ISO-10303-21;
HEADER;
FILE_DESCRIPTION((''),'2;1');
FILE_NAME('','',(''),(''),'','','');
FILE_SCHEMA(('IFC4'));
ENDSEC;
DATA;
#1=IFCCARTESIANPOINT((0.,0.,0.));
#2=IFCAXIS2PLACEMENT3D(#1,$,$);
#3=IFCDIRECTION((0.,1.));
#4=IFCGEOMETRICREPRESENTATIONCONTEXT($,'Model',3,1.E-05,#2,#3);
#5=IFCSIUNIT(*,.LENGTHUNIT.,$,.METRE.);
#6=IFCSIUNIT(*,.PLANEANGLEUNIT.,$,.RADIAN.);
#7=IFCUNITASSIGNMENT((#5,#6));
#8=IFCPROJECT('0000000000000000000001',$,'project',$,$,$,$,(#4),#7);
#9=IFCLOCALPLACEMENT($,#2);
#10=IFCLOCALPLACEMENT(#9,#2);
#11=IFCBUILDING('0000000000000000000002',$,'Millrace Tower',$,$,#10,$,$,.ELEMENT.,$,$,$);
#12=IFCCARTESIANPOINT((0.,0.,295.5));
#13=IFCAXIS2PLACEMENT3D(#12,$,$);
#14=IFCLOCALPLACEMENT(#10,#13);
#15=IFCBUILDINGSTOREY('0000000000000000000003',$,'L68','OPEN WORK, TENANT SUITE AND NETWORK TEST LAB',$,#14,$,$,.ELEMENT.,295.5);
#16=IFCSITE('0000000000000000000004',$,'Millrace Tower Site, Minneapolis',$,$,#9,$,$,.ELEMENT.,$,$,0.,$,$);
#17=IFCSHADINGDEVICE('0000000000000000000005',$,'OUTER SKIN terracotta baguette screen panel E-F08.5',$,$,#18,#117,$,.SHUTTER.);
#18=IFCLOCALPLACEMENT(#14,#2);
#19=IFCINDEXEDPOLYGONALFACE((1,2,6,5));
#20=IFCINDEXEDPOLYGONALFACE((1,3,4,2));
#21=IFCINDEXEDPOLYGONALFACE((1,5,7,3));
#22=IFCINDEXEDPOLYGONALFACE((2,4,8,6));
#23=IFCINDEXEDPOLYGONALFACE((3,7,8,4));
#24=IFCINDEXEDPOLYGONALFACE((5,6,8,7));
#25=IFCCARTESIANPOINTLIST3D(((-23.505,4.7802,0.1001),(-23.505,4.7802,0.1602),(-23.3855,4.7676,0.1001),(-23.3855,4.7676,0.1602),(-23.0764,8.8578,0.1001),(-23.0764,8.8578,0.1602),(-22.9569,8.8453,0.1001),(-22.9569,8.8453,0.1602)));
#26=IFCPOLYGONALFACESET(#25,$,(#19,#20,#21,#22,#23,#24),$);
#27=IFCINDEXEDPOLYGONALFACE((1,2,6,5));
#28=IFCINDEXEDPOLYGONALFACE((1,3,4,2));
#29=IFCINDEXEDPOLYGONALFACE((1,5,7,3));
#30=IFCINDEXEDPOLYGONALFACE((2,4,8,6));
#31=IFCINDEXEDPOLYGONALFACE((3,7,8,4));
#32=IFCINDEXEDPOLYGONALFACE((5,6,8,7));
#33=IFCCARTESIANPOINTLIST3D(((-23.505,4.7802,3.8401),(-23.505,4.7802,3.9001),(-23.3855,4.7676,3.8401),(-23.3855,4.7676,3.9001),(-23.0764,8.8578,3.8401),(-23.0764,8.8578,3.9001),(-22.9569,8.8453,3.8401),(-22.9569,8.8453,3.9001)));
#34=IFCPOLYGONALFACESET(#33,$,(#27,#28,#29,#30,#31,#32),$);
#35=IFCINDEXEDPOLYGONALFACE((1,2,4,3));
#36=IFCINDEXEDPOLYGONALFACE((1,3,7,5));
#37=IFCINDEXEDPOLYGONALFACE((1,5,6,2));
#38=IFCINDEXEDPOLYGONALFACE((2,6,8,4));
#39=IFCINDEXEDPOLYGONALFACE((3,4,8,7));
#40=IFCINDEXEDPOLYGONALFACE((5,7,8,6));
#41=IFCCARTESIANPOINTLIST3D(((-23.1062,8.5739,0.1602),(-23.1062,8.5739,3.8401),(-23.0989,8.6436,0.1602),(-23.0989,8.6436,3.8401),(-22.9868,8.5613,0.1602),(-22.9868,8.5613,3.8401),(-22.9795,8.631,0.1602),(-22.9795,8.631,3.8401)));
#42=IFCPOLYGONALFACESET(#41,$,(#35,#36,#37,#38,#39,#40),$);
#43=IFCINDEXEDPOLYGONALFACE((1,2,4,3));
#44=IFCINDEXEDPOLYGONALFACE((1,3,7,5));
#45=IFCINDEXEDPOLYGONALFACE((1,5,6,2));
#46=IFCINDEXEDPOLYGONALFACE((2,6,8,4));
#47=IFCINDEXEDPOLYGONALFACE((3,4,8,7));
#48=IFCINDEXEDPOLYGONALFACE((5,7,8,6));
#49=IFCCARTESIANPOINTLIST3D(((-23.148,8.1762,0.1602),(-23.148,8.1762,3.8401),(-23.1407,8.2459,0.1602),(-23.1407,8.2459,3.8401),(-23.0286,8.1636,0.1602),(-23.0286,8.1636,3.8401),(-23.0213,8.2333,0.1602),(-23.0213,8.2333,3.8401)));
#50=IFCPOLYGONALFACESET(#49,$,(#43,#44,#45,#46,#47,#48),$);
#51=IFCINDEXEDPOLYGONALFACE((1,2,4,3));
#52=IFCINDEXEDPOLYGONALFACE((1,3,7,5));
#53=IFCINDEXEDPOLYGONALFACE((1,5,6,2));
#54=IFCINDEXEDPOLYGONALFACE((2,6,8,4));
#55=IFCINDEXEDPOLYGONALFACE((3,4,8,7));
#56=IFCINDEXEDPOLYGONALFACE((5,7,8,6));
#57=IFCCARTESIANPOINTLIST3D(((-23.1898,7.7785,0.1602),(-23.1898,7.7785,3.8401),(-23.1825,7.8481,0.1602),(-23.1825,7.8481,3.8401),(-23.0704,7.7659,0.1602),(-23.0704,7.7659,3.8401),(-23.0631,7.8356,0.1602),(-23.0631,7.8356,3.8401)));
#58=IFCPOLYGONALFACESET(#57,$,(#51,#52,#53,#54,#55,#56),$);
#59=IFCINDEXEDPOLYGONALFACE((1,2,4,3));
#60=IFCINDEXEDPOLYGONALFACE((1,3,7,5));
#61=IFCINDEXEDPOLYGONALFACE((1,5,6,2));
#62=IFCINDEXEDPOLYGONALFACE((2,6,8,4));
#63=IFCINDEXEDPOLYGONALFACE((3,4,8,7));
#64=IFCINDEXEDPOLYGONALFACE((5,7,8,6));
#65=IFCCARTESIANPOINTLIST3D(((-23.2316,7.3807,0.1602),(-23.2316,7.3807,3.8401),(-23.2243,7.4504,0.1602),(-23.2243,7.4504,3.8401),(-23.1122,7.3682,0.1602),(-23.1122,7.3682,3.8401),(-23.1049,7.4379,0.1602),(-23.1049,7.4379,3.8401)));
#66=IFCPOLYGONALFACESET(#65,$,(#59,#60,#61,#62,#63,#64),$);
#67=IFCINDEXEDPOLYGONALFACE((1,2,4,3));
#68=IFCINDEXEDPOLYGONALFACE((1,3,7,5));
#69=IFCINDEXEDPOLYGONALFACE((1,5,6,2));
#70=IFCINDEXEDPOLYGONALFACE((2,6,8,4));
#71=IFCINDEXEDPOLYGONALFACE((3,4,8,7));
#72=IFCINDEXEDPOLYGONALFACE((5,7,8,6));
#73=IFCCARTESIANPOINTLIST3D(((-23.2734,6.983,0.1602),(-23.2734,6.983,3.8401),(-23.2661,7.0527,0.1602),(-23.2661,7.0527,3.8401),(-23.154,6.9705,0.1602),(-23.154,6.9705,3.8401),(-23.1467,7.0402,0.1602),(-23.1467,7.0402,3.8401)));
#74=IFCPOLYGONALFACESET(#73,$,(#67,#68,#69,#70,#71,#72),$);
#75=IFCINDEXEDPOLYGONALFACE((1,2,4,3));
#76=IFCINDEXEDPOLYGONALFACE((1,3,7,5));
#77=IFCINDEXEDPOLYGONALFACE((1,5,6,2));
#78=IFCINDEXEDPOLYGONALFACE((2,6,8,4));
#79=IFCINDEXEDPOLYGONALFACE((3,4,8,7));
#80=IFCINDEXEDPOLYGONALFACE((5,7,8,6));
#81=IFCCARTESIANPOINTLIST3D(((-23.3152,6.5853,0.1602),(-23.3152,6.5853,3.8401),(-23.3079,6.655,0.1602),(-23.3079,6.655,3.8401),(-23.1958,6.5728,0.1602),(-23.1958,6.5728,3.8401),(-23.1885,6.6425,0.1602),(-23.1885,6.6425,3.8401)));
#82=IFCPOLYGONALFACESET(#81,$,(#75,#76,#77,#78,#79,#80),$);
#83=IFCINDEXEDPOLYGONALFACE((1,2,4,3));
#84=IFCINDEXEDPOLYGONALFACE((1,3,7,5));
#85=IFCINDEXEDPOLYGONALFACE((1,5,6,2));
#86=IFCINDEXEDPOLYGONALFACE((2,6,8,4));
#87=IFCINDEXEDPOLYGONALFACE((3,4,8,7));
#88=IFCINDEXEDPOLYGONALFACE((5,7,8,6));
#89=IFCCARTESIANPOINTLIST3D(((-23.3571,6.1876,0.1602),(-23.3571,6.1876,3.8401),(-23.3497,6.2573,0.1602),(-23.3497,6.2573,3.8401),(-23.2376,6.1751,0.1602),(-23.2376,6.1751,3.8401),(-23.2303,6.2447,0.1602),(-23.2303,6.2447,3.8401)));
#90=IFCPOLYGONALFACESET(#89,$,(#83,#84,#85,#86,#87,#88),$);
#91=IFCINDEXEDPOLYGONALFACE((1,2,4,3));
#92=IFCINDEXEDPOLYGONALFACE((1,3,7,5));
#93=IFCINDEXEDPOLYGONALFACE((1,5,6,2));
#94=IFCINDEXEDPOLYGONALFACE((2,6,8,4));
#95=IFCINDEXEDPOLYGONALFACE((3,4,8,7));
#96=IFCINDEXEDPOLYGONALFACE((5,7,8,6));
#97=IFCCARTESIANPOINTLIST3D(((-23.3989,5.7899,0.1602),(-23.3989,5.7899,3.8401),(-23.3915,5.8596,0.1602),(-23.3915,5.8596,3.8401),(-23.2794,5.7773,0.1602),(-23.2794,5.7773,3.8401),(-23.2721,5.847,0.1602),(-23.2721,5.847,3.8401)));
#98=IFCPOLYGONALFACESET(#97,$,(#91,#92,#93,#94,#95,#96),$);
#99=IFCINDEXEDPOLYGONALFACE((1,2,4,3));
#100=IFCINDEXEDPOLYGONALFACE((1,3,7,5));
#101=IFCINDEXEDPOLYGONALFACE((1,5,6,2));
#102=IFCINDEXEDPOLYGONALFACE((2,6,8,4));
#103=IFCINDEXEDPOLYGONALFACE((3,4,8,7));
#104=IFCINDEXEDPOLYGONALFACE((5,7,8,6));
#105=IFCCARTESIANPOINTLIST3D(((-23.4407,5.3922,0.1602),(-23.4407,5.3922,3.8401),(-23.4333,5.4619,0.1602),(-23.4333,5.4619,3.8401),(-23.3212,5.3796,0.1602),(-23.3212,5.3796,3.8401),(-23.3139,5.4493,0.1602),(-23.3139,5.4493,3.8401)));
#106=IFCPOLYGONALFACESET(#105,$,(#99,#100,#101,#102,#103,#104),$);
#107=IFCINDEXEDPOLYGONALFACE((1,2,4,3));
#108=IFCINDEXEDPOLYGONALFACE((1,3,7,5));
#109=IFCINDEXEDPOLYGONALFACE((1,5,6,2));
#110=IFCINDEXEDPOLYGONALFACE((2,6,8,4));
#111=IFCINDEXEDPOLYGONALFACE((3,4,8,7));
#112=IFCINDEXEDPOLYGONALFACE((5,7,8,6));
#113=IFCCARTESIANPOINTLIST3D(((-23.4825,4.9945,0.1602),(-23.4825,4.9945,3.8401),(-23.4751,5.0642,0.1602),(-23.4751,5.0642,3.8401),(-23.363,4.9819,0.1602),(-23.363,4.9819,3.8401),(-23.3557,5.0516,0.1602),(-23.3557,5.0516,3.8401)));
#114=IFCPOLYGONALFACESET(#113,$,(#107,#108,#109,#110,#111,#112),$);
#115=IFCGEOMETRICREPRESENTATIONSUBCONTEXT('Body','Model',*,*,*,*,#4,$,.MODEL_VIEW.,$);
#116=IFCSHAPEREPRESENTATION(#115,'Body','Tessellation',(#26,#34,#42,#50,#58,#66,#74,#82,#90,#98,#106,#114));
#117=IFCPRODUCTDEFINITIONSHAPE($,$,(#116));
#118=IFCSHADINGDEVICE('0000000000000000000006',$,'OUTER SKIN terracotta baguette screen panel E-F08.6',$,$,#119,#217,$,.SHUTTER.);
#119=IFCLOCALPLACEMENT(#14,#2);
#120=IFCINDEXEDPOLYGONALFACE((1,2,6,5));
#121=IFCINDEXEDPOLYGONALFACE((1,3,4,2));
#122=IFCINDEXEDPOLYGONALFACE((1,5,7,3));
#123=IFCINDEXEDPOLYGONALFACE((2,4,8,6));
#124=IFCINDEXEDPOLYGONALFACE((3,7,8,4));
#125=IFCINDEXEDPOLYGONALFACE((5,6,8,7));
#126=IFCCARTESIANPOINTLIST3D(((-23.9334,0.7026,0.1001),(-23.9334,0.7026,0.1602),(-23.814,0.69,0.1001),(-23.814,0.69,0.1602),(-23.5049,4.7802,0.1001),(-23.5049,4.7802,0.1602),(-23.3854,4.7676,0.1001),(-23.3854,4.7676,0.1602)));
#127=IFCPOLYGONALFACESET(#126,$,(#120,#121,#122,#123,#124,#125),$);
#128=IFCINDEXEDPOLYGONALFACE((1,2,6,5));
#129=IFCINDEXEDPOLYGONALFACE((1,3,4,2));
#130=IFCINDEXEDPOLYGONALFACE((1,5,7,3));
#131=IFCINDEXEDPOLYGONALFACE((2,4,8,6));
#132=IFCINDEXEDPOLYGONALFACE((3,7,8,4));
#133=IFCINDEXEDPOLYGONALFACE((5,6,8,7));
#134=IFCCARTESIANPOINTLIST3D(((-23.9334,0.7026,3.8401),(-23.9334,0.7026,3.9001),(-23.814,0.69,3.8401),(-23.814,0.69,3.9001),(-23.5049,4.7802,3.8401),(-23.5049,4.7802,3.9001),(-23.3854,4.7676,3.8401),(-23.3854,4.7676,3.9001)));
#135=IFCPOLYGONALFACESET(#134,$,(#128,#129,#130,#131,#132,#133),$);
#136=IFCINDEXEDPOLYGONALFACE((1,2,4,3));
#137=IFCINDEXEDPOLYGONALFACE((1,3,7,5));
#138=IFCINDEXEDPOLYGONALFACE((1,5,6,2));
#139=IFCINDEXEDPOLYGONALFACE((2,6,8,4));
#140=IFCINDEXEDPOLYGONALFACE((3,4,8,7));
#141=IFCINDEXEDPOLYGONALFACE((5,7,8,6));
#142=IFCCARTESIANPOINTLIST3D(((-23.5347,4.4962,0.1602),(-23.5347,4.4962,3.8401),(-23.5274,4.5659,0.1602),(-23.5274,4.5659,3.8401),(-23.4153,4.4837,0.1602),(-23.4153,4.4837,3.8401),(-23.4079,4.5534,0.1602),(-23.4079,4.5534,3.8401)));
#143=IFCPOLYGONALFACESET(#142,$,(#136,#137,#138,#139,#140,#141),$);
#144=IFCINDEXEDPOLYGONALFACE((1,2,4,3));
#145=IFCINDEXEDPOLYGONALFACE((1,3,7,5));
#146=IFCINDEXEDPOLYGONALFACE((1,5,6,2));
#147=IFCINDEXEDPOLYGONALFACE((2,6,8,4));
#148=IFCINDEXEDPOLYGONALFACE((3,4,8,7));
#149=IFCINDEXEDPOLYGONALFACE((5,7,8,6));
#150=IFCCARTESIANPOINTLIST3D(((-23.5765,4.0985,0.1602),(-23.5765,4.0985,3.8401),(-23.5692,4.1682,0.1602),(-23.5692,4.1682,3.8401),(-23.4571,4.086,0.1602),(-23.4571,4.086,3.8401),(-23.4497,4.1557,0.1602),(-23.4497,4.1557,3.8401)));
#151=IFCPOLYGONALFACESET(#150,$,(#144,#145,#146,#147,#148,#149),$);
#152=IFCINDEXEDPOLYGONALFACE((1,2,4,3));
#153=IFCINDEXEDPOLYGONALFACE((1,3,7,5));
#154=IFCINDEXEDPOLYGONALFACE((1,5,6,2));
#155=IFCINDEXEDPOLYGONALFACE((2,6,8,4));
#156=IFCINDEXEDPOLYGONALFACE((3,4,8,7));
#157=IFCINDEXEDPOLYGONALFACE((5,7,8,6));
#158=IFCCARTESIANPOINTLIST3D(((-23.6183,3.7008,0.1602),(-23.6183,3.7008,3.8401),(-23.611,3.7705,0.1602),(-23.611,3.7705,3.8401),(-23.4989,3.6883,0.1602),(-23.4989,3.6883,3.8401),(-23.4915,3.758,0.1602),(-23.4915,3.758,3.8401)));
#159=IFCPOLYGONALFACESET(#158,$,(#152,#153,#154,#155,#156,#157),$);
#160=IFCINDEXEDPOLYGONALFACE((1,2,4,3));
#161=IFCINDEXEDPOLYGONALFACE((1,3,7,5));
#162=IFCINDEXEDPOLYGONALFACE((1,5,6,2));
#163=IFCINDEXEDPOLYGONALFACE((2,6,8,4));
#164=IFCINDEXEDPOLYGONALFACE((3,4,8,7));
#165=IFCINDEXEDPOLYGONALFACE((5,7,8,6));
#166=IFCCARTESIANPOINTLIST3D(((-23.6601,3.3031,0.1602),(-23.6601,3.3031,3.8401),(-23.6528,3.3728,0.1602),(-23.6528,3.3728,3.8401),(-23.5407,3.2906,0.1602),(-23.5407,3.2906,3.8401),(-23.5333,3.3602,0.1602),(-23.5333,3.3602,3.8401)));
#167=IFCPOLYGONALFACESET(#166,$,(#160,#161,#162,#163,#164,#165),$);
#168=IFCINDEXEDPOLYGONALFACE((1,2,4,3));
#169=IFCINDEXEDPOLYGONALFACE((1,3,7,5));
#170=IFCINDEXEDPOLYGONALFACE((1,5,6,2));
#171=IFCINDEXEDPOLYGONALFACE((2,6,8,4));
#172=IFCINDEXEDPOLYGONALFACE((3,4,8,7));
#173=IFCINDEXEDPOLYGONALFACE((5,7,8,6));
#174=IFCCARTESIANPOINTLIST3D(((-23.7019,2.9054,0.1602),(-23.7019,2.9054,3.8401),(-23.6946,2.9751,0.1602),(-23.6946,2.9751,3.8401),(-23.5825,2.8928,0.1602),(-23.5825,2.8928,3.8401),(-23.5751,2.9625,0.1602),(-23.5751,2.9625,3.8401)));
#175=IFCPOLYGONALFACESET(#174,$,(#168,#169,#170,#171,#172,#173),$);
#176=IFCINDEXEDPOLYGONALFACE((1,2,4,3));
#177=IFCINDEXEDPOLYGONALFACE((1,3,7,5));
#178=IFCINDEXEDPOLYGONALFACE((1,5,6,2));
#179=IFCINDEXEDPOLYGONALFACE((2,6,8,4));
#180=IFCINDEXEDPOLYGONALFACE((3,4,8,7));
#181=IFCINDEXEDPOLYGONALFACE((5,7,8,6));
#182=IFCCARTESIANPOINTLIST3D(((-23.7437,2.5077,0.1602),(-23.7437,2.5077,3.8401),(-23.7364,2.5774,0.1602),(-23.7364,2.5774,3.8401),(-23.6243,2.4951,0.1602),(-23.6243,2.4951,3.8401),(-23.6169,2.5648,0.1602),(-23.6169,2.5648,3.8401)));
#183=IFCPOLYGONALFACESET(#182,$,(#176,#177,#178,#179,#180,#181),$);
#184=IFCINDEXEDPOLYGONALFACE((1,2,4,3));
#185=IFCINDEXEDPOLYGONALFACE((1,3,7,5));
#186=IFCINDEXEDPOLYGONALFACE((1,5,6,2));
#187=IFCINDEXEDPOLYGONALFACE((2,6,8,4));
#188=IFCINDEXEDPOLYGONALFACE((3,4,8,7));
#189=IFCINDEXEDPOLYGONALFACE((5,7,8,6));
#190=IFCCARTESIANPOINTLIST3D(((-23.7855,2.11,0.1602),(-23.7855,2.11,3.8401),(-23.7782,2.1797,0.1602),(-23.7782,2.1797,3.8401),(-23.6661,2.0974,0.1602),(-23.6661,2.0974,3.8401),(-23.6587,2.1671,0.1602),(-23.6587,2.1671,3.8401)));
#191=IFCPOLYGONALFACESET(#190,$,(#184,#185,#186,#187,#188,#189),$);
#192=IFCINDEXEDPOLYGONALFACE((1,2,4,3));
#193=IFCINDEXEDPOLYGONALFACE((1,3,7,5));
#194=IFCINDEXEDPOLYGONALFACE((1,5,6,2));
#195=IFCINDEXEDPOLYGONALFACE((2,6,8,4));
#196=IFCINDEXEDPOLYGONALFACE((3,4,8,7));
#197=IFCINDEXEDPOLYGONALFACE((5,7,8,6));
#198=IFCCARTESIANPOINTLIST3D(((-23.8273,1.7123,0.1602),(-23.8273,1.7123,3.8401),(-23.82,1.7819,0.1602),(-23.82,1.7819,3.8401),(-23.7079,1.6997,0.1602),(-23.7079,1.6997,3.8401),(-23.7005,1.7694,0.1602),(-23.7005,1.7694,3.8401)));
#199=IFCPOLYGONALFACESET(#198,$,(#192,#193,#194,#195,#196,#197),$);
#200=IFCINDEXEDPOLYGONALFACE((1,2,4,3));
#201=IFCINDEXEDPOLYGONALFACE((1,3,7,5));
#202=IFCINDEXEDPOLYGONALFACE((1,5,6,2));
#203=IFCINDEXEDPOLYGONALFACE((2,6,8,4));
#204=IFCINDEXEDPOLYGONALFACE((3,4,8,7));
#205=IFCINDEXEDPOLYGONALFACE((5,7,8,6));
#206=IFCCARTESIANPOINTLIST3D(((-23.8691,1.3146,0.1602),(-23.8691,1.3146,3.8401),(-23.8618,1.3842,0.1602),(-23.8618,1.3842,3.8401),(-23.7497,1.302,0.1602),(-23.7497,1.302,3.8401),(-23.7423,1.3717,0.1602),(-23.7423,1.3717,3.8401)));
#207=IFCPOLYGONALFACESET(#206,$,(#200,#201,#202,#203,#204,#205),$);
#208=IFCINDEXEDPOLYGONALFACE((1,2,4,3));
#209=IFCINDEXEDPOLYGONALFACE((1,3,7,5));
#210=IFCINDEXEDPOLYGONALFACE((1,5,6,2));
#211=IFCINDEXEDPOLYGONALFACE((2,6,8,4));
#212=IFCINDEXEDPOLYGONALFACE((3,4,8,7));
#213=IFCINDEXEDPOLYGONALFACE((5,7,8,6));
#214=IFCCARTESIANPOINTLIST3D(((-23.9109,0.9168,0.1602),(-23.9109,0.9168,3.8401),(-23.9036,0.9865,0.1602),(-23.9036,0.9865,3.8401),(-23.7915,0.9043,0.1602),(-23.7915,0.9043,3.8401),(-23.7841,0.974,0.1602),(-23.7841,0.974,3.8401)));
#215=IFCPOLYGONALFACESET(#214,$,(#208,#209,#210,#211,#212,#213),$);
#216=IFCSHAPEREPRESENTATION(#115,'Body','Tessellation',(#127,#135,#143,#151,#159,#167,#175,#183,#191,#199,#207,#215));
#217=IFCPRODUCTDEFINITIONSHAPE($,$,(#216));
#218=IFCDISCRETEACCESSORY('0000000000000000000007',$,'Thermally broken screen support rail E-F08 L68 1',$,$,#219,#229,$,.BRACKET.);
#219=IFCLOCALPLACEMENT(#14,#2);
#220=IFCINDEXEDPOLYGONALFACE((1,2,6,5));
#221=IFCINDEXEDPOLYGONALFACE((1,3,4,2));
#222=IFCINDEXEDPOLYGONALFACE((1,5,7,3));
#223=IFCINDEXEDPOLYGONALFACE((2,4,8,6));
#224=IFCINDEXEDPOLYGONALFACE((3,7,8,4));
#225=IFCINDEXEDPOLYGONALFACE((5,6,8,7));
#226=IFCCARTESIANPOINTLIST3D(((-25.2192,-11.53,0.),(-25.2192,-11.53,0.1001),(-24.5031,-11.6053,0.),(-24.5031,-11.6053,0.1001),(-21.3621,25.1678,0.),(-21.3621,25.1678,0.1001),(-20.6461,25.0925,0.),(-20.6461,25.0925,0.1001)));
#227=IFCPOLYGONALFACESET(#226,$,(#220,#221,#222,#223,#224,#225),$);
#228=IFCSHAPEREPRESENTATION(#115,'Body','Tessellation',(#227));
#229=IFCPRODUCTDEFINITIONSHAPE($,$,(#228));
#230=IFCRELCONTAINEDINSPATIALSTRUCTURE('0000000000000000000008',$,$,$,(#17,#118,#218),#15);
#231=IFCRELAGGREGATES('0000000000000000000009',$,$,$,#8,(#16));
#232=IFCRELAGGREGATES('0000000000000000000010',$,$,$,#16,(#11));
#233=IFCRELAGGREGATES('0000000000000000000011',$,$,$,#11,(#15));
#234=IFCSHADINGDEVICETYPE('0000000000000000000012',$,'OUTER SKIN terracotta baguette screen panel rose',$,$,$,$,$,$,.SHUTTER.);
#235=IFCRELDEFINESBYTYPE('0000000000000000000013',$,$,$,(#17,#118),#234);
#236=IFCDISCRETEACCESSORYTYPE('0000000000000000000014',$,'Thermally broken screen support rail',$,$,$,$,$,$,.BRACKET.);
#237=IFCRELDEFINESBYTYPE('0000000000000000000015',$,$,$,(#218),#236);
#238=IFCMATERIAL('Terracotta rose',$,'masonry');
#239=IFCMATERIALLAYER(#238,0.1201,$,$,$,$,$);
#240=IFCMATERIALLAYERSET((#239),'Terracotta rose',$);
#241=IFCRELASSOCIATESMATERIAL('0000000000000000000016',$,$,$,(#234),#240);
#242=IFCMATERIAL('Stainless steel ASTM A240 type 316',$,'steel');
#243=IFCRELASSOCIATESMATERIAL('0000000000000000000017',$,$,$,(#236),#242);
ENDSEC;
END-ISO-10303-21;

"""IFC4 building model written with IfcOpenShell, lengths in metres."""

from ifc_helpers import new_model, entity, si_unit, direction, frame, frame_2d, origin, origin_2d, place, context, subcontext, project, spatial, rectangle, extrude, source, transform, mapped, material, layer, layer_set, type_object, element, save


model = new_model("IFC4")

# Units and contexts
model_context = context("Model", 3, precision=1e-05, world=origin(), true_north=direction((0.0, 1.0)))
body_context = subcontext(model_context, "Body", "Model", "MODEL_VIEW")
ifc_project = project(units=[si_unit("LENGTHUNIT", "METRE"), si_unit("PLANEANGLEUNIT", "RADIAN")], contexts=[model_context])

# Site, building, storey
site_placement = place(None, origin())
site = spatial("IfcSite", under=ifc_project, at=site_placement, Name="Millrace Tower Site, Minneapolis", CompositionType="ELEMENT", RefElevation=0.0)
building_placement = place(site_placement, origin())
building = spatial("IfcBuilding", under=site, at=building_placement, Name="Millrace Tower", CompositionType="ELEMENT")
storey_placement = place(building_placement, frame((0.0, 0.0, 295.5)))
storey = spatial("IfcBuildingStorey", under=building, at=storey_placement, Name="L68", Description="OPEN WORK, TENANT SUITE AND NETWORK TEST LAB", CompositionType="ELEMENT", Elevation=295.5)

# Shading devices
ifc_material_1 = material(Name="Terracotta rose", Category="masonry")
ifc_layer_1 = layer(ifc_material_1, 0.1201)
ifc_layer_set_1 = layer_set([ifc_layer_1], Name="Terracotta rose")
shading_device_type = type_object("IfcShadingDeviceType", Name="OUTER SKIN terracotta baguette screen panel rose", PredefinedType="SHUTTER", material=ifc_layer_set_1)
cartesian_point = entity("IfcCartesianPoint", [-2.05, 0.0601])
shared_polyline = entity("IfcPolyline", [cartesian_point, entity("IfcCartesianPoint", [2.05, 0.0601]), entity("IfcCartesianPoint", [2.05, -0.0601]), entity("IfcCartesianPoint", [-2.05, -0.0601]), cartesian_point])
shared_shape = source(origin(), body_context, "Body", "SweptSolid", [
    entity("IfcExtrudedAreaSolid", entity("IfcArbitraryClosedProfileDef", "AREA", None, shared_polyline), entity("IfcAxis2Placement3D", entity("IfcCartesianPoint", [0.0, 0.0, 0.0])), entity("IfcDirection", [0.0, 0.0, 1.0]), 0.0601),
    entity("IfcExtrudedAreaSolid", entity("IfcArbitraryClosedProfileDef", "AREA", None, shared_polyline), entity("IfcAxis2Placement3D", entity("IfcCartesianPoint", [0.0, 0.0, 3.74])), entity("IfcDirection", [0.0, 0.0, 1.0]), 0.0601),
    extrude(rectangle(XDim=0.0701, YDim=0.1201, at=frame_2d((-1.7996, 0.0))), frame((0.0, 0.0, 0.0601)), (0.0, 0.0, 1.0), 3.6799),
    extrude(rectangle(XDim=0.0701, YDim=0.1201, at=frame_2d((-1.3997, 0.0))), frame((0.0, 0.0, 0.0601)), (0.0, 0.0, 1.0), 3.6799),
    extrude(rectangle(XDim=0.0701, YDim=0.1201, at=frame_2d((-0.9998, 0.0))), frame((0.0, 0.0, 0.0601)), (0.0, 0.0, 1.0), 3.6799),
    extrude(rectangle(XDim=0.0701, YDim=0.1201, at=frame_2d((-0.5999, 0.0))), frame((0.0, 0.0, 0.0601)), (0.0, 0.0, 1.0), 3.6799),
    extrude(rectangle(XDim=0.0701, YDim=0.1201, at=frame_2d((-0.2, 0.0))), frame((0.0, 0.0, 0.0601)), (0.0, 0.0, 1.0), 3.6799),
    extrude(rectangle(XDim=0.0701, YDim=0.1201, at=frame_2d((0.2, 0.0))), frame((0.0, 0.0, 0.0601)), (0.0, 0.0, 1.0), 3.6799),
    extrude(rectangle(XDim=0.0701, YDim=0.1201, at=frame_2d((0.5999, 0.0))), frame((0.0, 0.0, 0.0601)), (0.0, 0.0, 1.0), 3.6799),
    extrude(rectangle(XDim=0.0701, YDim=0.1201, at=frame_2d((0.9998, 0.0))), frame((0.0, 0.0, 0.0601)), (0.0, 0.0, 1.0), 3.6799),
    extrude(rectangle(XDim=0.0701, YDim=0.1201, at=frame_2d((1.3997, 0.0))), frame((0.0, 0.0, 0.0601)), (0.0, 0.0, 1.0), 3.6799),
    extrude(rectangle(XDim=0.0701, YDim=0.1201, at=frame_2d((1.7996, 0.0))), frame((0.0, 0.0, 0.0601)), (0.0, 0.0, 1.0), 3.6799),
])
for number, where, z_axis, x_axis, name in (
    (1, (-23.231, 6.8127, 0.1001), (0.0, 0.0, 1.0), (-0.104528, -0.994522, 0.0), "OUTER SKIN terracotta baguette screen panel E-F08.5"),
    (2, (-23.6594, 2.7351, 0.1001), (0.0, 0.0, 1.0), (-0.104528, -0.994522, 0.0), "OUTER SKIN terracotta baguette screen panel E-F08.6"),
):
    element("IfcShadingDevice", number, at=place(storey_placement, frame(where, z_axis=z_axis, x_axis=x_axis)), inside=storey, type_object=shading_device_type, Name=name, PredefinedType="SHUTTER", context=body_context, shape_type="MappedRepresentation", body=[
        mapped(shared_shape, transform((0.0, 0.0, 0.0), scale=1.0)),
    ])

# Discrete accessory
ifc_material_2 = material(Name="Stainless steel ASTM A240 type 316", Category="steel")
discrete_accessory_type = type_object("IfcDiscreteAccessoryType", Name="Thermally broken screen support rail", PredefinedType="BRACKET", material=ifc_material_2)
discrete_accessory_placement = place(storey_placement, frame((-22.9326, 6.7812, 0.0), z_axis=(0.0, 0.0, 1.0), x_axis=(-0.104528, -0.994522, 0.0)))
element("IfcDiscreteAccessory", 3, at=discrete_accessory_placement, inside=storey, type_object=discrete_accessory_type, Name="Thermally broken screen support rail E-F08 L68 1", PredefinedType="BRACKET", context=body_context, shape_type="SweptSolid", body=[
    extrude(rectangle(XDim=36.8999, YDim=0.72, at=origin_2d()), origin(), (0.0, 0.0, 1.0), 0.1001),
])

save(model, "model.ifc")
